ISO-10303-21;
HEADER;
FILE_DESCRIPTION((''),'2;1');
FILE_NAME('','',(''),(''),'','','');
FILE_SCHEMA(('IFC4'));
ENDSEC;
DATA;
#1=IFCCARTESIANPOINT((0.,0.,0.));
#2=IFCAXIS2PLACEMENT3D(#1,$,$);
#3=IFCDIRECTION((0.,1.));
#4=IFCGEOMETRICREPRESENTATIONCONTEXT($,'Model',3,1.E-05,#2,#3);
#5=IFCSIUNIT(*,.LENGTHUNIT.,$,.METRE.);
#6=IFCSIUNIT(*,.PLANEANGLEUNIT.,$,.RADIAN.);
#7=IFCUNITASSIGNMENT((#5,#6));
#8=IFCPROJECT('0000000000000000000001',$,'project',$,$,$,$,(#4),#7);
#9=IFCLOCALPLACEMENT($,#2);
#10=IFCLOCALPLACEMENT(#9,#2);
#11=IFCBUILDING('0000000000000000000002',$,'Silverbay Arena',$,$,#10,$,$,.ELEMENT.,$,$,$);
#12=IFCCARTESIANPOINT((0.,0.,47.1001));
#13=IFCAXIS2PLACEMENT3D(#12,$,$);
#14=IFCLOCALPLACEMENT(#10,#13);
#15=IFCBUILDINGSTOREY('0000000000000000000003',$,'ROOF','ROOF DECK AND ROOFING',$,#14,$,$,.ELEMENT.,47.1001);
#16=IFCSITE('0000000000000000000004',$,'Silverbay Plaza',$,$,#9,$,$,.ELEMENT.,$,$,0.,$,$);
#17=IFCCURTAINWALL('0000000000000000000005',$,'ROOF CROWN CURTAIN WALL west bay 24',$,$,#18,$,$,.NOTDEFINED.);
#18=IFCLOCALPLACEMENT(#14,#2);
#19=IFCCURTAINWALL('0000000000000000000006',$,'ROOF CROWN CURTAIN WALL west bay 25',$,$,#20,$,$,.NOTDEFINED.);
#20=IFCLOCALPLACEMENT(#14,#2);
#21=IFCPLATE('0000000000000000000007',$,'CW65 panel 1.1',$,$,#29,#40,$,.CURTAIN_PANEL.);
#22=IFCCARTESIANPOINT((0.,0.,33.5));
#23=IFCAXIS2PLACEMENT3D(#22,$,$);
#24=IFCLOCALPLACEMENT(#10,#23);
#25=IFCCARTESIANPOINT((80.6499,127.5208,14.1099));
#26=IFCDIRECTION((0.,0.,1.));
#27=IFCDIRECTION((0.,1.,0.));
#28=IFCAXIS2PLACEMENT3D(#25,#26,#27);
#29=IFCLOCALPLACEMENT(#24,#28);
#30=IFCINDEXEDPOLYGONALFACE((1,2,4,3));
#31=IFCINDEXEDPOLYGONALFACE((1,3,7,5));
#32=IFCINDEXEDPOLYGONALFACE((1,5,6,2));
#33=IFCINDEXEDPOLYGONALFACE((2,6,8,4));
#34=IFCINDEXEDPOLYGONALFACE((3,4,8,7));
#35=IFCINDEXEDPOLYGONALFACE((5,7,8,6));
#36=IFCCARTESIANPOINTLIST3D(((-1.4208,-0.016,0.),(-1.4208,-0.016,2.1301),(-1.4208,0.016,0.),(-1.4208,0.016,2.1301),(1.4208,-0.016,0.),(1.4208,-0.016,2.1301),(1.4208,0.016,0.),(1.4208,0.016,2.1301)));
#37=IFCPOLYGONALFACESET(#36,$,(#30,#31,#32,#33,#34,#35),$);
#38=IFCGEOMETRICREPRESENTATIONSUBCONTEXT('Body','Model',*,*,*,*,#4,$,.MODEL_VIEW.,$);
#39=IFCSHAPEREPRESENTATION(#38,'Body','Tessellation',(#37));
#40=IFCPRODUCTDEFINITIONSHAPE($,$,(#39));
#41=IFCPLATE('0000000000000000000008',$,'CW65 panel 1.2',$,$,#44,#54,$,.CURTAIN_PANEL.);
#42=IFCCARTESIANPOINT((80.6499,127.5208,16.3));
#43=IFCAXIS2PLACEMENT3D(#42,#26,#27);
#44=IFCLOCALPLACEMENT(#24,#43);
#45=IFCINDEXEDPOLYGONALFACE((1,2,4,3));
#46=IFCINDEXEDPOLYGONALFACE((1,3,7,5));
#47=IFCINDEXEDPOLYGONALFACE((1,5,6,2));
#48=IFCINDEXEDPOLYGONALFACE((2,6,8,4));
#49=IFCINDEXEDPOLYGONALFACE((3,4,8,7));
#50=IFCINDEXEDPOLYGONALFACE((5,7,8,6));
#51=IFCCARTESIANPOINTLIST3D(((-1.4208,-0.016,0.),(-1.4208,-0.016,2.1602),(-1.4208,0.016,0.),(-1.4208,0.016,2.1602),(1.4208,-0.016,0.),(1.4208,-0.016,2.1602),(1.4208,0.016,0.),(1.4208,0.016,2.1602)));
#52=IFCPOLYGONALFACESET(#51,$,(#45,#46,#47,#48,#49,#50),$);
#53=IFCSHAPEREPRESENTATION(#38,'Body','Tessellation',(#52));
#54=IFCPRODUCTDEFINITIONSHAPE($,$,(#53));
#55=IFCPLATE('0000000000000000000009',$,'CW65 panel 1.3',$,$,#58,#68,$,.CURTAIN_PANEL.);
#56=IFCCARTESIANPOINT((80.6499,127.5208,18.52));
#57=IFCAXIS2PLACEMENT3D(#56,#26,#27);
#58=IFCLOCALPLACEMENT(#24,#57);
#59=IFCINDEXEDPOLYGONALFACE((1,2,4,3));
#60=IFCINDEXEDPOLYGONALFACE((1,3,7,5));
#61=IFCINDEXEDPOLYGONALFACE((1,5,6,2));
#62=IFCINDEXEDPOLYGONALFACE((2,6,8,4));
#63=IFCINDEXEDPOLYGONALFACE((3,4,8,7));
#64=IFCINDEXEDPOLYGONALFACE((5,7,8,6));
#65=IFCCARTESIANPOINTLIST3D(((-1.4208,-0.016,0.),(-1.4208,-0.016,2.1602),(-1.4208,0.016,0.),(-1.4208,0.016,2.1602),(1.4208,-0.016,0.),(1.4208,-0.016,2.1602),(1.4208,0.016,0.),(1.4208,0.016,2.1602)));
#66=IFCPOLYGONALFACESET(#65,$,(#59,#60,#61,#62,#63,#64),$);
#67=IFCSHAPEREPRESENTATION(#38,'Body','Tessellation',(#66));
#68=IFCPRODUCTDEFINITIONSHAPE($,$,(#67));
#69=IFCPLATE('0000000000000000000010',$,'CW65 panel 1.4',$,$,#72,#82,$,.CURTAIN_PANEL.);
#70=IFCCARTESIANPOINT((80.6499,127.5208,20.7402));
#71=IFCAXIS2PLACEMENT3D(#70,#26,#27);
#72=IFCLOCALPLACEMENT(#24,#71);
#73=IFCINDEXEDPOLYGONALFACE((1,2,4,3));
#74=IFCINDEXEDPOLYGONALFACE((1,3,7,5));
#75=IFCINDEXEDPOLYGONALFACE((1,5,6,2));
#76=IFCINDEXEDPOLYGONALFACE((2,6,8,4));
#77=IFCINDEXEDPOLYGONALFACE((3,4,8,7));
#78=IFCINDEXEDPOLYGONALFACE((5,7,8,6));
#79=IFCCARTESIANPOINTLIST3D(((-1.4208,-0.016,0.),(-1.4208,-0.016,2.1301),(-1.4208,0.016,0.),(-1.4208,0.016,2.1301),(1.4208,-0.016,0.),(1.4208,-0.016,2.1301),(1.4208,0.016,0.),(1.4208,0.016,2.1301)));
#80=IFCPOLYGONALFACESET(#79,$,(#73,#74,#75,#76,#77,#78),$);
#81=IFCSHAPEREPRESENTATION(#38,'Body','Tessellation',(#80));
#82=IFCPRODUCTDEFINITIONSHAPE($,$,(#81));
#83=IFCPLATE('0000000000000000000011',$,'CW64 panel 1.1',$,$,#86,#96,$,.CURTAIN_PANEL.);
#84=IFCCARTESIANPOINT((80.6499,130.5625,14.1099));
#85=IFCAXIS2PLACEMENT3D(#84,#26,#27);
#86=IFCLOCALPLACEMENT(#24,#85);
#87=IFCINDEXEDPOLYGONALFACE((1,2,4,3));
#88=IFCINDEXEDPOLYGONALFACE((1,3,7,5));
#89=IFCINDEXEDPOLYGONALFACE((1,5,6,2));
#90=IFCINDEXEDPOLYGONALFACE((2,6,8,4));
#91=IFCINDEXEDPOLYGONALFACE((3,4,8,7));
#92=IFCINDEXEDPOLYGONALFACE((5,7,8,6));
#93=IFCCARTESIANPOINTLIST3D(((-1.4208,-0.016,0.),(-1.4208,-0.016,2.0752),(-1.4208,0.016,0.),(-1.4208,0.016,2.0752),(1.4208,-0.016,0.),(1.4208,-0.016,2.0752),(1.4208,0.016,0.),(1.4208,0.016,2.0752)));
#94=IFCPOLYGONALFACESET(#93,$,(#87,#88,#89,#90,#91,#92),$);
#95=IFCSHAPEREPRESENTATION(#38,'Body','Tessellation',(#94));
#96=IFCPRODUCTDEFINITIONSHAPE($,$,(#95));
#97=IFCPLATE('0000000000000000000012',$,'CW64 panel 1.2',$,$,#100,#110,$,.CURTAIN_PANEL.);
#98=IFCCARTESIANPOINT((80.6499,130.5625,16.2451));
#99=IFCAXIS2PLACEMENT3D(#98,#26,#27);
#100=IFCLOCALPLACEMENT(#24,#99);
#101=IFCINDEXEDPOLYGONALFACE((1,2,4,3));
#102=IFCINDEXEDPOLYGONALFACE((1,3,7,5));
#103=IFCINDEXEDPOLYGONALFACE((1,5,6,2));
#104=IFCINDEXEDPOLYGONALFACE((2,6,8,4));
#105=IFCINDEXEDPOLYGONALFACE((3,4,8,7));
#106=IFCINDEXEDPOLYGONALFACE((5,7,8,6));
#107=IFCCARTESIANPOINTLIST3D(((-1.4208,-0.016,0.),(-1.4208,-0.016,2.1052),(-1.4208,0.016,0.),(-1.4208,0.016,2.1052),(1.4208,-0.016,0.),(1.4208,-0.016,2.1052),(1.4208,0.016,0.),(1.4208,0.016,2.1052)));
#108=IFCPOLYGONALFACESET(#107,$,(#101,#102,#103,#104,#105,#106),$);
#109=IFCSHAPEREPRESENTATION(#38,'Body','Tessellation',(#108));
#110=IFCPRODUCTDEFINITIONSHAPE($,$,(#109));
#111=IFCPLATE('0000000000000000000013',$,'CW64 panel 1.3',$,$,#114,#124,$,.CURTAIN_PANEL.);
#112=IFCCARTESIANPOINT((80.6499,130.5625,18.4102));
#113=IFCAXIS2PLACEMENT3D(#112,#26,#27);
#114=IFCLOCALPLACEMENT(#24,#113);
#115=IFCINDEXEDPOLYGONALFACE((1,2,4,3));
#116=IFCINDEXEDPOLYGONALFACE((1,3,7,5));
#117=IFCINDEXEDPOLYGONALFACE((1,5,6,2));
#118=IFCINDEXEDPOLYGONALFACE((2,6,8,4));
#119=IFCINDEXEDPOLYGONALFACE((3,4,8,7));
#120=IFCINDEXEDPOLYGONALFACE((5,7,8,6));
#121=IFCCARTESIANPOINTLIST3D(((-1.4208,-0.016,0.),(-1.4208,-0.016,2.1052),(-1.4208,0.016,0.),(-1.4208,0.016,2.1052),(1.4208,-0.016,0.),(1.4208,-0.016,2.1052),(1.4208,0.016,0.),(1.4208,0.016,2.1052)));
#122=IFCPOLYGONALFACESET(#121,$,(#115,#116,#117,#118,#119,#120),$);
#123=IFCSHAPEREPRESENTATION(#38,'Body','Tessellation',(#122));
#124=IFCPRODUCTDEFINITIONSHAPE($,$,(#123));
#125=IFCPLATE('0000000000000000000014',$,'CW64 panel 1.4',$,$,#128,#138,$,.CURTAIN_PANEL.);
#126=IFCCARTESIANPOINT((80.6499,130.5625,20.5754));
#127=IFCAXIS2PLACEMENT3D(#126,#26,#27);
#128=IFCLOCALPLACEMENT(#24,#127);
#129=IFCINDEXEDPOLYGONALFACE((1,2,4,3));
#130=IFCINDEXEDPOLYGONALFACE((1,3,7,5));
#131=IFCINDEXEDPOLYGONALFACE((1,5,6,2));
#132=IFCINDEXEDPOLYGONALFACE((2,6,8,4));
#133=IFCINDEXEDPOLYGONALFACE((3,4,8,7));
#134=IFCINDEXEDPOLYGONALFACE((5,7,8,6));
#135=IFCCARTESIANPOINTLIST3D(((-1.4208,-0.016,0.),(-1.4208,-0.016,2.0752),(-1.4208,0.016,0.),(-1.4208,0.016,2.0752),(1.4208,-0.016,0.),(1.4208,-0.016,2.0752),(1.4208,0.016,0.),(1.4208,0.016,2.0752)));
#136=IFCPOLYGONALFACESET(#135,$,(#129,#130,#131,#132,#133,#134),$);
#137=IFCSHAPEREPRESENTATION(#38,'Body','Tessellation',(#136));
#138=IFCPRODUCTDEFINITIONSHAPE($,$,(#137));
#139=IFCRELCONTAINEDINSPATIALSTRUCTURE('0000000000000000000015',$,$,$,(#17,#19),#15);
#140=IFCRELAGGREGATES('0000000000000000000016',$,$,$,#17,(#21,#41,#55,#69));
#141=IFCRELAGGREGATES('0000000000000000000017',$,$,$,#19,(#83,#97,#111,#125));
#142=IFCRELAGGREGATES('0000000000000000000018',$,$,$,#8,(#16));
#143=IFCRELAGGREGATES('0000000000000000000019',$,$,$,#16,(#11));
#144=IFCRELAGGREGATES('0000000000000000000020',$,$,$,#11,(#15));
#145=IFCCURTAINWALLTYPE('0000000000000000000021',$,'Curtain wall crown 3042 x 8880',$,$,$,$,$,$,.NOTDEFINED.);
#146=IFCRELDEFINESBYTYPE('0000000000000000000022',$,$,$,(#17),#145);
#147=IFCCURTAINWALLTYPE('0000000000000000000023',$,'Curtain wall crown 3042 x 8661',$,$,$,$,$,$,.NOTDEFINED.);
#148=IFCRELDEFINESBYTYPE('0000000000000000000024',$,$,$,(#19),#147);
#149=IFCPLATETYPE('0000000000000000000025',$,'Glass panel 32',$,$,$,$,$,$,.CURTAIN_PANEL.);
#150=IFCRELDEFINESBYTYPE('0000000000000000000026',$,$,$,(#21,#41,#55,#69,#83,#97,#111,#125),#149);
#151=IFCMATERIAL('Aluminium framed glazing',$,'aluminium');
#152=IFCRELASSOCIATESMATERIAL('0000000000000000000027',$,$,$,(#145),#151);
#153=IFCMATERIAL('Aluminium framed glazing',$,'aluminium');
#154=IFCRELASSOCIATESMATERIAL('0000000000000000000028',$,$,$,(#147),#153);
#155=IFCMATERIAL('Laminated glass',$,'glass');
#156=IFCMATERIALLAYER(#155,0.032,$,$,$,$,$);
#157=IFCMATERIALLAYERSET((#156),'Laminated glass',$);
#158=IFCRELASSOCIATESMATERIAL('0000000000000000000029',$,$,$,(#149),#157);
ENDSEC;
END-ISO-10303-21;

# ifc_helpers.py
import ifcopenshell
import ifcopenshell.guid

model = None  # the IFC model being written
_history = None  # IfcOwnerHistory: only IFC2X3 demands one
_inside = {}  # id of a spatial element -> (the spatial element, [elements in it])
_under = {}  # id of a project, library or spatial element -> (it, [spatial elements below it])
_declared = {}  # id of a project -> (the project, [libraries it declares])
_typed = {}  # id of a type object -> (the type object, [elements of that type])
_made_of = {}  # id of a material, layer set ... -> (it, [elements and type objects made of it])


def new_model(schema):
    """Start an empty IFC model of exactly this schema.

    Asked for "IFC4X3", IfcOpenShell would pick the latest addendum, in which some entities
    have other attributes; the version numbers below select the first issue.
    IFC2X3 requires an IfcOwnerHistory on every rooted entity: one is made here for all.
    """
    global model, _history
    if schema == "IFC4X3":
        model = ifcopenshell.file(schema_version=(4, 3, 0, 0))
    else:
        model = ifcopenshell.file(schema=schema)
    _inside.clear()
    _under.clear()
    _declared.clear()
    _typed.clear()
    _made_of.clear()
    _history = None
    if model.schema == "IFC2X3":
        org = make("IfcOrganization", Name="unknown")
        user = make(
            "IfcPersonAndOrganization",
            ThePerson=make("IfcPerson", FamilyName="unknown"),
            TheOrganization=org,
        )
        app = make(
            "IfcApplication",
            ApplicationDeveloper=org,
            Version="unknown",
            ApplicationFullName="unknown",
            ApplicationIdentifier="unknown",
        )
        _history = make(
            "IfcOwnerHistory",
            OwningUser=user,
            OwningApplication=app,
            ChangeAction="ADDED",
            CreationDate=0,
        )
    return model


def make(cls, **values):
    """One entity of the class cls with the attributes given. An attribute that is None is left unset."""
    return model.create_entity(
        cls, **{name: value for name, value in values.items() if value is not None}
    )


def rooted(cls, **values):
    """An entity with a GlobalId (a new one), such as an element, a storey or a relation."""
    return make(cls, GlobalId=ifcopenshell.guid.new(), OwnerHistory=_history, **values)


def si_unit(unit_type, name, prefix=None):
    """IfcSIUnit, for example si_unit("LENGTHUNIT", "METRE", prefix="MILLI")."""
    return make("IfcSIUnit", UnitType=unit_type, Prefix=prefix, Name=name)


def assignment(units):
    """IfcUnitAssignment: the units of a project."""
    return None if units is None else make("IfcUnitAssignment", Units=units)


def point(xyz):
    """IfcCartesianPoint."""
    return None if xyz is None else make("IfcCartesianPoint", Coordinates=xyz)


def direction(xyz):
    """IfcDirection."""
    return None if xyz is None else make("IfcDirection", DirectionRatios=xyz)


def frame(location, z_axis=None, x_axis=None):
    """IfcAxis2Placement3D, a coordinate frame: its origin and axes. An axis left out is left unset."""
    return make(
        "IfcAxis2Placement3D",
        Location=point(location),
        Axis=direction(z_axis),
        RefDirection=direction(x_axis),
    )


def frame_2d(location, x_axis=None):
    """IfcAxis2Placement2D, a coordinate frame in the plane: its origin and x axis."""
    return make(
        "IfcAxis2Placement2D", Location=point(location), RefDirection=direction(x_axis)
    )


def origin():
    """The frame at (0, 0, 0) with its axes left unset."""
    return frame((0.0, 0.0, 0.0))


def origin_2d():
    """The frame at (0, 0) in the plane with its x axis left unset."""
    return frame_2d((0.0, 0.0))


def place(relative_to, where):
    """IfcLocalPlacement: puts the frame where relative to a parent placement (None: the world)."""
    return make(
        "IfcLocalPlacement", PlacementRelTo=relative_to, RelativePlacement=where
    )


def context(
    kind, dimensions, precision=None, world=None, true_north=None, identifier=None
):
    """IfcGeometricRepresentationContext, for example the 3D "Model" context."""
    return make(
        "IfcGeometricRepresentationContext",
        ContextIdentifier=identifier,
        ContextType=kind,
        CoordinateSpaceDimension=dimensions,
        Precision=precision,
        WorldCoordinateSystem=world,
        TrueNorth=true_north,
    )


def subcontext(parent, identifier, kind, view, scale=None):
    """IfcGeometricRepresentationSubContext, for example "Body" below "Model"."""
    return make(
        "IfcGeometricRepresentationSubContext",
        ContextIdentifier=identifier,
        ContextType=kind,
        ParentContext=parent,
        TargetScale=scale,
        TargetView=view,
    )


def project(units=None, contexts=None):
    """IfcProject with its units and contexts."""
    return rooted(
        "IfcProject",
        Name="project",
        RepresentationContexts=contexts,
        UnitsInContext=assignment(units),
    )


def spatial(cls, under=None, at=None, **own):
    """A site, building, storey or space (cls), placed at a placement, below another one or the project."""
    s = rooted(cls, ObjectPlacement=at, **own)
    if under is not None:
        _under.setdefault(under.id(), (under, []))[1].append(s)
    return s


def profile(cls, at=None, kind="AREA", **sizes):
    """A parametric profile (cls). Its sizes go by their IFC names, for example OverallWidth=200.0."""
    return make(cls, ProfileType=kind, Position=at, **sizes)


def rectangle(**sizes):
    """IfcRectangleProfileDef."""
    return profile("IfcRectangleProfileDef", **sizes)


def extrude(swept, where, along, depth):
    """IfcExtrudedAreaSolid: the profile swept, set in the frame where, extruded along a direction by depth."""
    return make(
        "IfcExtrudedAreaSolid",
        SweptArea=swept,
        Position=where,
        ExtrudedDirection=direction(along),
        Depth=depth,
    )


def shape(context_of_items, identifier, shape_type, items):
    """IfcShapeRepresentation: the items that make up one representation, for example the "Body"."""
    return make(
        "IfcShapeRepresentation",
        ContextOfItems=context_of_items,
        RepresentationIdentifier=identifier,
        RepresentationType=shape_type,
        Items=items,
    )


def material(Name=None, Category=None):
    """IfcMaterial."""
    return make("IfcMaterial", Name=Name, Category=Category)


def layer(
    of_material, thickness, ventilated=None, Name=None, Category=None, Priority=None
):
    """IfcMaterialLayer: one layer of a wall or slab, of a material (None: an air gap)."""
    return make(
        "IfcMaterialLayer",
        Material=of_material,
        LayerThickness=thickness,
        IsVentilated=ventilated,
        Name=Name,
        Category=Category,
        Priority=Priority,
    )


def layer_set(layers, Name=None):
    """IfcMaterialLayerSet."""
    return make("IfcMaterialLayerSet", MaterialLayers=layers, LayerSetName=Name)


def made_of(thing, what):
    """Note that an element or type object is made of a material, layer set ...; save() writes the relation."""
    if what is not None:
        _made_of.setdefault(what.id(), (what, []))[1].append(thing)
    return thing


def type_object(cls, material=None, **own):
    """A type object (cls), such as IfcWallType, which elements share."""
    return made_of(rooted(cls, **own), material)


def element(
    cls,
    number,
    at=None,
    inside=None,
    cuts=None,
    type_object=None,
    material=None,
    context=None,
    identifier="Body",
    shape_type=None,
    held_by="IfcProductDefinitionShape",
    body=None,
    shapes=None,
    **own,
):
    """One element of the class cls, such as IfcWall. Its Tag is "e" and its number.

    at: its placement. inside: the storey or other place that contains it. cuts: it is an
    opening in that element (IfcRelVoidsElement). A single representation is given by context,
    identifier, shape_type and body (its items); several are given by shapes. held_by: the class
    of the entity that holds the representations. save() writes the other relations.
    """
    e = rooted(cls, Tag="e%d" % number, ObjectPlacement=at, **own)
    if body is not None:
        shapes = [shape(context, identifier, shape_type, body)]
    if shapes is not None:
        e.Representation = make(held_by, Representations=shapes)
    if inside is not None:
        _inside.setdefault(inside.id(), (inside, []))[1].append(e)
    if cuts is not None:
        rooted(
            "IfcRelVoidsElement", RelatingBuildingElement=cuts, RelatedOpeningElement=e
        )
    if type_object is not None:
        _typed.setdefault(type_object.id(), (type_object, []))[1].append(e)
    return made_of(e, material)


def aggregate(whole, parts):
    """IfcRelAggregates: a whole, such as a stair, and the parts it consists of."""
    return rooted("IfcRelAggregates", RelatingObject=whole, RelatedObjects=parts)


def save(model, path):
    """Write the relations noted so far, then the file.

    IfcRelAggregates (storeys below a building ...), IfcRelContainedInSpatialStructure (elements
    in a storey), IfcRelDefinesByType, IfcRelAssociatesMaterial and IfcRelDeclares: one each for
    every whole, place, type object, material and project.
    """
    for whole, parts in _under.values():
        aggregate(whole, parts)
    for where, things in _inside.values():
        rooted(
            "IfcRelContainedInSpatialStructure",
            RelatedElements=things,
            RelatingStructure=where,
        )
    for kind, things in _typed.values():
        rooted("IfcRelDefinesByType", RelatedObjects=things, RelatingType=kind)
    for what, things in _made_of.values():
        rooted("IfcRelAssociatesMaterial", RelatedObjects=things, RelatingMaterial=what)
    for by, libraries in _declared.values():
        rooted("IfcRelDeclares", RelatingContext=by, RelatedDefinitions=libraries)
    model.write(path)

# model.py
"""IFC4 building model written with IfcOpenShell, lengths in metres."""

from ifc_helpers import new_model, si_unit, direction, frame, origin, origin_2d, place, context, subcontext, project, spatial, rectangle, extrude, material, layer, layer_set, type_object, element, aggregate, save


model = new_model("IFC4")

# Units and contexts
model_context = context("Model", 3, precision=1e-05, world=origin(), true_north=direction((0.0, 1.0)))
body_context = subcontext(model_context, "Body", "Model", "MODEL_VIEW")
ifc_project = project(units=[si_unit("LENGTHUNIT", "METRE"), si_unit("PLANEANGLEUNIT", "RADIAN")], contexts=[model_context])

# Site, building, storey
site_placement = place(None, origin())
site = spatial("IfcSite", under=ifc_project, at=site_placement, Name="Silverbay Plaza", CompositionType="ELEMENT", RefElevation=0.0)
building_placement = place(site_placement, origin())
building = spatial("IfcBuilding", under=site, at=building_placement, Name="Silverbay Arena", CompositionType="ELEMENT")
storey_placement = place(building_placement, frame((0.0, 0.0, 47.1001)))
storey = spatial("IfcBuildingStorey", under=building, at=storey_placement, Name="ROOF", Description="ROOF DECK AND ROOFING", CompositionType="ELEMENT", Elevation=47.1001)

# Curtain wall
ifc_material_1 = material(Name="Aluminium framed glazing", Category="aluminium")
curtain_wall_type_1 = type_object("IfcCurtainWallType", Name="Curtain wall crown 3042 x 8880", PredefinedType="NOTDEFINED", material=ifc_material_1)
curtain_wall_1_placement = place(storey_placement, origin())
curtain_wall_1 = element("IfcCurtainWall", 1, at=curtain_wall_1_placement, inside=storey, type_object=curtain_wall_type_1, Name="ROOF CROWN CURTAIN WALL west bay 24", PredefinedType="NOTDEFINED")
placement = place(building_placement, frame((0.0, 0.0, 33.5)))

# Curtain wall
ifc_material_2 = material(Name="Aluminium framed glazing", Category="aluminium")
curtain_wall_type_2 = type_object("IfcCurtainWallType", Name="Curtain wall crown 3042 x 8661", PredefinedType="NOTDEFINED", material=ifc_material_2)
curtain_wall_2_placement = place(storey_placement, origin())
curtain_wall_2 = element("IfcCurtainWall", 2, at=curtain_wall_2_placement, inside=storey, type_object=curtain_wall_type_2, Name="ROOF CROWN CURTAIN WALL west bay 25", PredefinedType="NOTDEFINED")

# Plates
ifc_material_3 = material(Name="Laminated glass", Category="glass")
ifc_layer_1 = layer(ifc_material_3, 0.032)
ifc_layer_set_1 = layer_set([ifc_layer_1], Name="Laminated glass")
plate_type = type_object("IfcPlateType", Name="Glass panel 32", PredefinedType="CURTAIN_PANEL", material=ifc_layer_set_1)
plate_1_placement = place(placement, frame((80.6499, 127.5208, 14.1099), z_axis=(0.0, 0.0, 1.0), x_axis=(0.0, 1.0, 0.0)))
plate_1 = element("IfcPlate", 3, at=plate_1_placement, type_object=plate_type, Name="CW65 panel 1.1", PredefinedType="CURTAIN_PANEL", context=body_context, shape_type="SweptSolid", body=[
    extrude(rectangle(XDim=2.8416, YDim=0.032, at=origin_2d()), origin(), (0.0, 0.0, 1.0), 2.1301),
])
plate_2_placement = place(placement, frame((80.6499, 127.5208, 16.3), z_axis=(0.0, 0.0, 1.0), x_axis=(0.0, 1.0, 0.0)))
plate_2 = element("IfcPlate", 4, at=plate_2_placement, type_object=plate_type, Name="CW65 panel 1.2", PredefinedType="CURTAIN_PANEL", context=body_context, shape_type="SweptSolid", body=[
    extrude(rectangle(XDim=2.8416, YDim=0.032, at=origin_2d()), origin(), (0.0, 0.0, 1.0), 2.1602),
])
plate_3_placement = place(placement, frame((80.6499, 127.5208, 18.52), z_axis=(0.0, 0.0, 1.0), x_axis=(0.0, 1.0, 0.0)))
plate_3 = element("IfcPlate", 5, at=plate_3_placement, type_object=plate_type, Name="CW65 panel 1.3", PredefinedType="CURTAIN_PANEL", context=body_context, shape_type="SweptSolid", body=[
    extrude(rectangle(XDim=2.8416, YDim=0.032, at=origin_2d()), origin(), (0.0, 0.0, 1.0), 2.1602),
])
plate_4_placement = place(placement, frame((80.6499, 127.5208, 20.7402), z_axis=(0.0, 0.0, 1.0), x_axis=(0.0, 1.0, 0.0)))
plate_4 = element("IfcPlate", 6, at=plate_4_placement, type_object=plate_type, Name="CW65 panel 1.4", PredefinedType="CURTAIN_PANEL", context=body_context, shape_type="SweptSolid", body=[
    extrude(rectangle(XDim=2.8416, YDim=0.032, at=origin_2d()), origin(), (0.0, 0.0, 1.0), 2.1301),
])
aggregate(curtain_wall_1, [plate_1, plate_2, plate_3, plate_4])
plate_5_placement = place(placement, frame((80.6499, 130.5625, 14.1099), z_axis=(0.0, 0.0, 1.0), x_axis=(0.0, 1.0, 0.0)))
plate_5 = element("IfcPlate", 7, at=plate_5_placement, type_object=plate_type, Name="CW64 panel 1.1", PredefinedType="CURTAIN_PANEL", context=body_context, shape_type="SweptSolid", body=[
    extrude(rectangle(XDim=2.8416, YDim=0.032, at=origin_2d()), origin(), (0.0, 0.0, 1.0), 2.0752),
])
plate_6_placement = place(placement, frame((80.6499, 130.5625, 16.2451), z_axis=(0.0, 0.0, 1.0), x_axis=(0.0, 1.0, 0.0)))
plate_6 = element("IfcPlate", 8, at=plate_6_placement, type_object=plate_type, Name="CW64 panel 1.2", PredefinedType="CURTAIN_PANEL", context=body_context, shape_type="SweptSolid", body=[
    extrude(rectangle(XDim=2.8416, YDim=0.032, at=origin_2d()), origin(), (0.0, 0.0, 1.0), 2.1052),
])
plate_7_placement = place(placement, frame((80.6499, 130.5625, 18.4102), z_axis=(0.0, 0.0, 1.0), x_axis=(0.0, 1.0, 0.0)))
plate_7 = element("IfcPlate", 9, at=plate_7_placement, type_object=plate_type, Name="CW64 panel 1.3", PredefinedType="CURTAIN_PANEL", context=body_context, shape_type="SweptSolid", body=[
    extrude(rectangle(XDim=2.8416, YDim=0.032, at=origin_2d()), origin(), (0.0, 0.0, 1.0), 2.1052),
])
plate_8_placement = place(placement, frame((80.6499, 130.5625, 20.5754), z_axis=(0.0, 0.0, 1.0), x_axis=(0.0, 1.0, 0.0)))
plate_8 = element("IfcPlate", 10, at=plate_8_placement, type_object=plate_type, Name="CW64 panel 1.4", PredefinedType="CURTAIN_PANEL", context=body_context, shape_type="SweptSolid", body=[
    extrude(rectangle(XDim=2.8416, YDim=0.032, at=origin_2d()), origin(), (0.0, 0.0, 1.0), 2.0752),
])
aggregate(curtain_wall_2, [plate_5, plate_6, plate_7, plate_8])

save(model, "model.ifc")
